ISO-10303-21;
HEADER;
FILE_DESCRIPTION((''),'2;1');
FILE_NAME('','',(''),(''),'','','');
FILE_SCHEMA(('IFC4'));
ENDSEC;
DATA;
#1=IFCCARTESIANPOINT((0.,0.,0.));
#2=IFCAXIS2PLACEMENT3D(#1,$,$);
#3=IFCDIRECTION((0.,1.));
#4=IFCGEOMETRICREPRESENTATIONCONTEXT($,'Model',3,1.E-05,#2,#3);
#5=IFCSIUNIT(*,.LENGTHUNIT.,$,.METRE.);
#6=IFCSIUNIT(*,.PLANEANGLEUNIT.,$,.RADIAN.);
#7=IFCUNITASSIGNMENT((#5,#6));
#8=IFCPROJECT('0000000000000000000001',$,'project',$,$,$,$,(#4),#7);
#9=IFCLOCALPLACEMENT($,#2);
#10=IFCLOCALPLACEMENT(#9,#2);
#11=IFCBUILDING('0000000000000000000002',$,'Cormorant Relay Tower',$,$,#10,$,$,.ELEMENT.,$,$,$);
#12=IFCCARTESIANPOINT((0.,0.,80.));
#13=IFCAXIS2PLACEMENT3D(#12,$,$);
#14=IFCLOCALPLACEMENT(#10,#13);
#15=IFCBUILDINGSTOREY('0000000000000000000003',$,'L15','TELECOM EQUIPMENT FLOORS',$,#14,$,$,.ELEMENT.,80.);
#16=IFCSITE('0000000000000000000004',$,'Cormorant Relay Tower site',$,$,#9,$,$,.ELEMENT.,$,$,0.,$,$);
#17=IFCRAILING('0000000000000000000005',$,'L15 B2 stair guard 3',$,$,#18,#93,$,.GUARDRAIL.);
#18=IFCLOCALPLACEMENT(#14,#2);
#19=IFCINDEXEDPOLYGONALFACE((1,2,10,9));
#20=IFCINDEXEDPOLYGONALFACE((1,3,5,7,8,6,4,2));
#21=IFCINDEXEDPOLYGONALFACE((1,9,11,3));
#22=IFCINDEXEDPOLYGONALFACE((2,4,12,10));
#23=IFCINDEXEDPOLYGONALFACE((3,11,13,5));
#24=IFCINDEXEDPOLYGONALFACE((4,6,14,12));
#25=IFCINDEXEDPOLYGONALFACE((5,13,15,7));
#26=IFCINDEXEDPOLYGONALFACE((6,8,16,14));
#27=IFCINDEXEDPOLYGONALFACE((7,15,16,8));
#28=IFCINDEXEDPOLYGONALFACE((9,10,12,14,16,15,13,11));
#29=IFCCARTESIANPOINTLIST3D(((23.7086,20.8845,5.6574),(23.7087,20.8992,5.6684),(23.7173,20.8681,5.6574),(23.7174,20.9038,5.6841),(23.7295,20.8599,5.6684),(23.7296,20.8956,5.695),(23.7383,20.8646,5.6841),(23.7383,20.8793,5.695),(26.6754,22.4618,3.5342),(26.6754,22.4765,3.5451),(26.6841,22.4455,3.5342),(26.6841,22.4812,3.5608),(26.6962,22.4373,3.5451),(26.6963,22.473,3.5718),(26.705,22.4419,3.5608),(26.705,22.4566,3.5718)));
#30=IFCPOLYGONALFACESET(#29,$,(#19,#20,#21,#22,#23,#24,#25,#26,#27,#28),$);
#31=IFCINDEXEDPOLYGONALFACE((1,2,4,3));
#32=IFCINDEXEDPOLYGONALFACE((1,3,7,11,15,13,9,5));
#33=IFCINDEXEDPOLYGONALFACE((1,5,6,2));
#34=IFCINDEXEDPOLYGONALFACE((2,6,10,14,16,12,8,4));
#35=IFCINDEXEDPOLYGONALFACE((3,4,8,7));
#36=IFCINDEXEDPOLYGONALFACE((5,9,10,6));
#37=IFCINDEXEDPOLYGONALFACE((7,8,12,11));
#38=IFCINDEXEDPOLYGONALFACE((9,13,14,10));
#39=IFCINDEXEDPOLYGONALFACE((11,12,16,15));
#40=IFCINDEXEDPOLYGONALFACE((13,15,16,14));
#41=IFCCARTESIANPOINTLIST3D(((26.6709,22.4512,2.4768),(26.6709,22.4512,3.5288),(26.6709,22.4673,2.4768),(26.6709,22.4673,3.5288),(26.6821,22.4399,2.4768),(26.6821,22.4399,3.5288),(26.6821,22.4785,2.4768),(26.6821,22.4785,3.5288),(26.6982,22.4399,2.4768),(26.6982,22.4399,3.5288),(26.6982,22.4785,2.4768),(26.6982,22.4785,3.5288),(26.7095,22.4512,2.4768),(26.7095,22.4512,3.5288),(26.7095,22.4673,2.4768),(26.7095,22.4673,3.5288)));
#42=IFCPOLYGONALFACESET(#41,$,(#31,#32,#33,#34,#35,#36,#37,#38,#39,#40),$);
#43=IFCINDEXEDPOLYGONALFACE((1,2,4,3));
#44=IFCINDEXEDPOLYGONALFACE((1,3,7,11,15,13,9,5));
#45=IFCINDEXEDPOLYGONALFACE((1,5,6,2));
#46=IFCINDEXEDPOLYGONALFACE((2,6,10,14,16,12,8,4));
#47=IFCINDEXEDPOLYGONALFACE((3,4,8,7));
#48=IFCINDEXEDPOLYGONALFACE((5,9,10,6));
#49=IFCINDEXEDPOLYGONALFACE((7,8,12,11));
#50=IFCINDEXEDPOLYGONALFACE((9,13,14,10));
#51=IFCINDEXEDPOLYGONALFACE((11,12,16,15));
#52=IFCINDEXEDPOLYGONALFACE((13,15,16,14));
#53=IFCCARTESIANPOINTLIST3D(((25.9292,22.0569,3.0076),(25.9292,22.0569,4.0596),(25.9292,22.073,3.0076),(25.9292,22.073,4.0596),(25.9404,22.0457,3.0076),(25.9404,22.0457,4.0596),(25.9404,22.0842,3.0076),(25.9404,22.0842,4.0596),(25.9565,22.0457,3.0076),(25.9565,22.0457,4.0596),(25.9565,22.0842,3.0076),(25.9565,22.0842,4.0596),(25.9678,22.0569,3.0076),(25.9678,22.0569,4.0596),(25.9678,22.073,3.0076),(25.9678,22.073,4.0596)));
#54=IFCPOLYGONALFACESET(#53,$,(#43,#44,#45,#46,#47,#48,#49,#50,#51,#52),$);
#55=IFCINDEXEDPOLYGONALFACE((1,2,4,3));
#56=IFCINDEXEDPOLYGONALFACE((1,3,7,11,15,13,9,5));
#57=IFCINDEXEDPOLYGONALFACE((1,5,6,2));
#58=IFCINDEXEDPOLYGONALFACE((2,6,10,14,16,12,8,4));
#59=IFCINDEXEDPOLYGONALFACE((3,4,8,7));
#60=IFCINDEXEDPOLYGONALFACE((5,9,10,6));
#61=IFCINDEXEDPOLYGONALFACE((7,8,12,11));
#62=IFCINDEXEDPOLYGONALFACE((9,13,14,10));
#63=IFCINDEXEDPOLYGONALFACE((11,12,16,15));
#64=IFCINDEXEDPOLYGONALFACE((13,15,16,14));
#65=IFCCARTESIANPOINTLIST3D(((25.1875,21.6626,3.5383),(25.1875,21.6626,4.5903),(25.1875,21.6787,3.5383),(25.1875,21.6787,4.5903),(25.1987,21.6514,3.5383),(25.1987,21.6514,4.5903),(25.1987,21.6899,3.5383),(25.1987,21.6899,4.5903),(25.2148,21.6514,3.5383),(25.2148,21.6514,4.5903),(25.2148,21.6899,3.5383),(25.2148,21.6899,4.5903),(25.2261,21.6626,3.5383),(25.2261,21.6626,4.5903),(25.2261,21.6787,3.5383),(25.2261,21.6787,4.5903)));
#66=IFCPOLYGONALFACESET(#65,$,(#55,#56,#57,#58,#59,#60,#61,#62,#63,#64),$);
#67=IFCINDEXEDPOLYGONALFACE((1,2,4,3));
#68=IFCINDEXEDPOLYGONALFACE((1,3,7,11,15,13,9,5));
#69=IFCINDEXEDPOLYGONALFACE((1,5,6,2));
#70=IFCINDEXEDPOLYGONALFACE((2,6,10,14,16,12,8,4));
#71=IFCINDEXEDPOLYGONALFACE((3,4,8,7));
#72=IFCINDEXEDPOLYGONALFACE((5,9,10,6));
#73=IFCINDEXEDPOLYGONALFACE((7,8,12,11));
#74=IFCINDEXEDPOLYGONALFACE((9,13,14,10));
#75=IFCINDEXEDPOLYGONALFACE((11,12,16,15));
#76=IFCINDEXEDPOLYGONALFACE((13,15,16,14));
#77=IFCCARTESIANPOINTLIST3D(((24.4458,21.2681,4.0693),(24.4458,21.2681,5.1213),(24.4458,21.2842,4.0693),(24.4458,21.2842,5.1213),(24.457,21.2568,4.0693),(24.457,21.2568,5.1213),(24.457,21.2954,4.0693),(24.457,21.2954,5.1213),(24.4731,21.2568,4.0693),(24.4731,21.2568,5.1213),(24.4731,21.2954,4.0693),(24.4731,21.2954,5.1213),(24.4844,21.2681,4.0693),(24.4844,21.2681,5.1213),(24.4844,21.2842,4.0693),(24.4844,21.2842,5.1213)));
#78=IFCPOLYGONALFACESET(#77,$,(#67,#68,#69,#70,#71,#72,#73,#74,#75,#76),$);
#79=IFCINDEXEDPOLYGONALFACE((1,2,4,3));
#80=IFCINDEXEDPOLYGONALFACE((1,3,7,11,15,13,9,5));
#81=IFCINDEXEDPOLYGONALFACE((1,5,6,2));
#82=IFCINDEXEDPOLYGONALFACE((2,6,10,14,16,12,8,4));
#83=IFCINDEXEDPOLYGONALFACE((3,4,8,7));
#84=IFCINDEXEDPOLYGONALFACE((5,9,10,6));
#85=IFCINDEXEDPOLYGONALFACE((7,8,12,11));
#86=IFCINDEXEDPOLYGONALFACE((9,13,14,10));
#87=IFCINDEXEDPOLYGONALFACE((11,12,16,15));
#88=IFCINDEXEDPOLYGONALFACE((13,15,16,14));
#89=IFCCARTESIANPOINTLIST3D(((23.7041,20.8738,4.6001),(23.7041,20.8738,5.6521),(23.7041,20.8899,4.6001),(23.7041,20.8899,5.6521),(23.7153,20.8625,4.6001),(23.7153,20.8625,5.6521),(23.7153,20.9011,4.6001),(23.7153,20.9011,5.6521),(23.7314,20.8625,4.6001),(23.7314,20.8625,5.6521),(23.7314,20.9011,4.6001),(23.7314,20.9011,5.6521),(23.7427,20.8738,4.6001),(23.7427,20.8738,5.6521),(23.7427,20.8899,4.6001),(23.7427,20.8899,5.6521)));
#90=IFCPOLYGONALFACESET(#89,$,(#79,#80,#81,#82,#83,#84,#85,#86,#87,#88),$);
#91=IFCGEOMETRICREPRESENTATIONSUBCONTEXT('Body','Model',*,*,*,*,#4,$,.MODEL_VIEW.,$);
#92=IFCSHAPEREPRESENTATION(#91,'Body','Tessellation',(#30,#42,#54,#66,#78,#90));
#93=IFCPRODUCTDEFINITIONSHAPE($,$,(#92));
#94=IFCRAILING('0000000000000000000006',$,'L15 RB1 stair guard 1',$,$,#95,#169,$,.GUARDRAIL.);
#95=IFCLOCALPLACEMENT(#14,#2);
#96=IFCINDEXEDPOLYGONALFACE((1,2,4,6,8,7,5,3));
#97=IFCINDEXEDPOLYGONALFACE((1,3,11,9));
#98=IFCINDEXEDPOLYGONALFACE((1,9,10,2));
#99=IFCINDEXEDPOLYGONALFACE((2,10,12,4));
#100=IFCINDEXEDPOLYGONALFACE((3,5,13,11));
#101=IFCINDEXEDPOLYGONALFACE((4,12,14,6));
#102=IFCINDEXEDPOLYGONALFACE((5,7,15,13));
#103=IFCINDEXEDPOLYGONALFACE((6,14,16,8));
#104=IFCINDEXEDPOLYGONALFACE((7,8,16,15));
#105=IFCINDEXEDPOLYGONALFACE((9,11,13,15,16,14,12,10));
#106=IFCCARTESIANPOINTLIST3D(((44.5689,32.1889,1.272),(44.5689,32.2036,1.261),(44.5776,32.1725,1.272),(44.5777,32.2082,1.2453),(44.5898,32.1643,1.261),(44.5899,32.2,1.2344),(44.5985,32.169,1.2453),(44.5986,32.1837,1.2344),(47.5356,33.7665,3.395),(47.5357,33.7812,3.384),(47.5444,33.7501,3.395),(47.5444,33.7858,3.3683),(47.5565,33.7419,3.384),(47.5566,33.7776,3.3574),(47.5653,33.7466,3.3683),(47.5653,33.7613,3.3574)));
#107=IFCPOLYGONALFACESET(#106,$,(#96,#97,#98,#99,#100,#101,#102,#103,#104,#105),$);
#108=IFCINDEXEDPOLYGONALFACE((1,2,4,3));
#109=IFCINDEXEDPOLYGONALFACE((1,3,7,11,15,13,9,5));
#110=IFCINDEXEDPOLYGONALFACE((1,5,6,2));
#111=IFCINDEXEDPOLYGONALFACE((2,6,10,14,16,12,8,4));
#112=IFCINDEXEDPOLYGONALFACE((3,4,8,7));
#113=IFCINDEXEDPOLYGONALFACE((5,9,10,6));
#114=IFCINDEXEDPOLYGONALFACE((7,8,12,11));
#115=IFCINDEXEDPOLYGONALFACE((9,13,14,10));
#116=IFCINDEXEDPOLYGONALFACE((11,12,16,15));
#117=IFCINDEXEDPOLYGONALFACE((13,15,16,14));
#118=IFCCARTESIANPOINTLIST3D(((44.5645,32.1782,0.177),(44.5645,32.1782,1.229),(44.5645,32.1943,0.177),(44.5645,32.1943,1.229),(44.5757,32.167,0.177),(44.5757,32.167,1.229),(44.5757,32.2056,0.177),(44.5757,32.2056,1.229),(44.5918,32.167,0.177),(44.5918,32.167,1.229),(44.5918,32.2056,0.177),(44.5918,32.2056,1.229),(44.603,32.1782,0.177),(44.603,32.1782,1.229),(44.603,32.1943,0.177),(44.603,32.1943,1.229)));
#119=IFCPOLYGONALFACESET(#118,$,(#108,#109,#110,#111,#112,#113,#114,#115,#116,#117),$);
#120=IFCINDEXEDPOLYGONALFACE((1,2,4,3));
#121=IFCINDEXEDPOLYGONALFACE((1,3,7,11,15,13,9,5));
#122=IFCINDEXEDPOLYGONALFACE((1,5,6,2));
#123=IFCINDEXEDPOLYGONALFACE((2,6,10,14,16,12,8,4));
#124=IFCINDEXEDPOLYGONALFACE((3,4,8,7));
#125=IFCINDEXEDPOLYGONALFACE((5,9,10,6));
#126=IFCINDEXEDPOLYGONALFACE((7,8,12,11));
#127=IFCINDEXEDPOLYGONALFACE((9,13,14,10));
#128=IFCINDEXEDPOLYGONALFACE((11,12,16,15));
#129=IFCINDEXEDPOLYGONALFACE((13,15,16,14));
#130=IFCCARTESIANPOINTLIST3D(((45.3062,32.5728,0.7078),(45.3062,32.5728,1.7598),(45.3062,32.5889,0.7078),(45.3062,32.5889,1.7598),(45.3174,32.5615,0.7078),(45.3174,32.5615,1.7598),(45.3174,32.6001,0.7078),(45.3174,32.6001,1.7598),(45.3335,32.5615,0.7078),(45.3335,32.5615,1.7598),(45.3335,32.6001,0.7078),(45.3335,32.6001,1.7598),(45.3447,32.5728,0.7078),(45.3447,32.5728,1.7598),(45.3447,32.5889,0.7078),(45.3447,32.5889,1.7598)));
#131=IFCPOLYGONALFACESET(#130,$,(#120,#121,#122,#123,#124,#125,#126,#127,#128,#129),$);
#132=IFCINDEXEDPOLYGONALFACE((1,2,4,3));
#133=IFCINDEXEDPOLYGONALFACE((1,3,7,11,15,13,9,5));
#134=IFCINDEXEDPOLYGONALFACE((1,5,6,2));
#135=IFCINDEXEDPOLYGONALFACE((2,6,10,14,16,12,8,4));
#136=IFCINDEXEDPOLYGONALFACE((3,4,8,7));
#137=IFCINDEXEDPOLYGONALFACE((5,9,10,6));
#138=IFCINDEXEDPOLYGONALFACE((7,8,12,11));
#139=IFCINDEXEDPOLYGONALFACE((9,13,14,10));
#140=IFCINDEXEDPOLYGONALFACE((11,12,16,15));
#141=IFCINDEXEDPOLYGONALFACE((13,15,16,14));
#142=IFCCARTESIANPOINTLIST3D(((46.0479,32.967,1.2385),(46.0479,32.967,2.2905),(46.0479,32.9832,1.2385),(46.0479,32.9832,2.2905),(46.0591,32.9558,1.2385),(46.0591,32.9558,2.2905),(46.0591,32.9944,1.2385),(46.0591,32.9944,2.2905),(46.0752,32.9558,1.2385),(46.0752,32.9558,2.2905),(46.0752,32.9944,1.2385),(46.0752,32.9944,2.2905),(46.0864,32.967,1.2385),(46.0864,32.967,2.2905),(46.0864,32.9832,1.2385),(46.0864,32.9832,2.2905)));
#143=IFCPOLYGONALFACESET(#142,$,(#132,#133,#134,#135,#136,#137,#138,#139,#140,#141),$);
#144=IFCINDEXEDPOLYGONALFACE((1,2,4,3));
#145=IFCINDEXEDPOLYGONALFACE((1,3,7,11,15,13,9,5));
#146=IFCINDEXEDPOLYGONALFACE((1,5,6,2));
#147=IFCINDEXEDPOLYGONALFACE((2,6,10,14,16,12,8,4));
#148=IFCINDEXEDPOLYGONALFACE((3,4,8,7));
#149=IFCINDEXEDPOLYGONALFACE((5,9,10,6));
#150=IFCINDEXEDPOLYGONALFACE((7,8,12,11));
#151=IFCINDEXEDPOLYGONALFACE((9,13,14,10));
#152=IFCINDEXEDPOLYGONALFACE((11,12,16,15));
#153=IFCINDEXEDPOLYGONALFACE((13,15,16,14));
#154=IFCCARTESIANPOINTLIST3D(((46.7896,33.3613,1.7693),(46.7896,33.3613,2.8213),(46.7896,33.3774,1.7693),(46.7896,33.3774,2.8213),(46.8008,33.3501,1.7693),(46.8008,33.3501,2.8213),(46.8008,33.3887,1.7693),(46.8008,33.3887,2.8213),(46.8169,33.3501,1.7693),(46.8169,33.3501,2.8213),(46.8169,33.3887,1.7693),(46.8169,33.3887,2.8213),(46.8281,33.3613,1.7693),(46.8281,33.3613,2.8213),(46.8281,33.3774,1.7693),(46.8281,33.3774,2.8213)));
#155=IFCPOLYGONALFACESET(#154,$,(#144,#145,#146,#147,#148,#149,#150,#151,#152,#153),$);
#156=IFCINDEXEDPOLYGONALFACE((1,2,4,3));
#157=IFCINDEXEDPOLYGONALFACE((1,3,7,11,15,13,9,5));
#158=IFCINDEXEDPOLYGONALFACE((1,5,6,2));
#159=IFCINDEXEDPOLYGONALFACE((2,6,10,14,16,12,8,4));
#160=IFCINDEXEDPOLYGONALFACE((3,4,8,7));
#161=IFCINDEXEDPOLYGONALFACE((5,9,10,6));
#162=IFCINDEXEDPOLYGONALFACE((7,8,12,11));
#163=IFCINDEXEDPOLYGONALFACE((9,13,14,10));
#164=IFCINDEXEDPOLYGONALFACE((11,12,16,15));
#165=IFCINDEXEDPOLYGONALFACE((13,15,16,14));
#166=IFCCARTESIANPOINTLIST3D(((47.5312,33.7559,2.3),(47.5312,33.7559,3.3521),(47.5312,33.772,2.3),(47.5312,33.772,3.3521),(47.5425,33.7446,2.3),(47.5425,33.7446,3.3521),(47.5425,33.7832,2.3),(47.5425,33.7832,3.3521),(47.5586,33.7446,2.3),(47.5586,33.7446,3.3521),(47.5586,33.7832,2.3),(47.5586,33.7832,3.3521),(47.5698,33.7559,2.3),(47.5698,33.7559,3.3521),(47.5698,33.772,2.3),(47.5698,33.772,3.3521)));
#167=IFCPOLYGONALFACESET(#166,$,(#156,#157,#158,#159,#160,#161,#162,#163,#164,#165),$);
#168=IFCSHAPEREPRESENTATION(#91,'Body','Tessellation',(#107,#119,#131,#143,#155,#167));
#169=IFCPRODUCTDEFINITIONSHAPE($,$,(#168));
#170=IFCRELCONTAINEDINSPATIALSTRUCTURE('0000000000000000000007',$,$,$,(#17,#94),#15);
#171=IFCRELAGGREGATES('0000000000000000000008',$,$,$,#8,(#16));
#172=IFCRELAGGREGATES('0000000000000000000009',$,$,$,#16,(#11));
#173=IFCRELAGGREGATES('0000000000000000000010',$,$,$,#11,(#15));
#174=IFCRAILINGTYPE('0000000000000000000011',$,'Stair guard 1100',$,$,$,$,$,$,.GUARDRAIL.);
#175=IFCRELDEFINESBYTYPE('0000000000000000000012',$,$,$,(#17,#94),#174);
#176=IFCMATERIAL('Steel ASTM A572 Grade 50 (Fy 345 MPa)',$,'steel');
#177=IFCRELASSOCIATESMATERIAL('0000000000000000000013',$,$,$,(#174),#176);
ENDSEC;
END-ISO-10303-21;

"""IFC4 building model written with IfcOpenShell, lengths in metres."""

from ifc_helpers import new_model, si_unit, direction, frame, origin, place, context, subcontext, project, spatial, polyline, outline, extrude, material, type_object, element, save


model = new_model("IFC4")

# Units and contexts
model_context = context("Model", 3, precision=1e-05, world=origin(), true_north=direction((0.0, 1.0)))
body_context = subcontext(model_context, "Body", "Model", "MODEL_VIEW")
ifc_project = project(units=[si_unit("LENGTHUNIT", "METRE"), si_unit("PLANEANGLEUNIT", "RADIAN")], contexts=[model_context])

# Site, building, storey
site_placement = place(None, origin())
site = spatial("IfcSite", under=ifc_project, at=site_placement, Name="Cormorant Relay Tower site", CompositionType="ELEMENT", RefElevation=0.0)
building_placement = place(site_placement, origin())
building = spatial("IfcBuilding", under=site, at=building_placement, Name="Cormorant Relay Tower", CompositionType="ELEMENT")
storey_placement = place(building_placement, frame((0.0, 0.0, 80.0)))
storey = spatial("IfcBuildingStorey", under=building, at=storey_placement, Name="L15", Description="TELECOM EQUIPMENT FLOORS", CompositionType="ELEMENT", Elevation=80.0)

# Railings
ifc_material_1 = material(Name="Steel ASTM A572 Grade 50 (Fy 345 MPa)", Category="steel")
railing_type = type_object("IfcRailingType", Name="Stair guard 1100", PredefinedType="GUARDRAIL", material=ifc_material_1)
railing_1_placement = place(storey_placement, frame((26.6902, 22.4592, 2.4768)))
element("IfcRailing", 1, at=railing_1_placement, inside=storey, type_object=railing_type, Name="L15 B2 stair guard 3", PredefinedType="GUARDRAIL", context=body_context, shape_type="SweptSolid", body=[
    extrude(outline(polyline([(0.0222, 0.0093), (0.0093, 0.0222), (-0.0093, 0.0222), (-0.0222, 0.0093), (-0.0222, -0.0093), (-0.0093, -0.0222), (0.0093, -0.0222), (0.0222, -0.0093), (0.0222, 0.0093)])), frame((0.0, 0.0, 1.0762), z_axis=(-0.746416, -0.396856, 0.534199), x_axis=(0.469453, -0.882958, 0.0)), (0.0, 0.0, 1.0), 3.9746),
    extrude(outline(polyline([(0.0193, 0.0081), (0.0081, 0.0193), (-0.0081, 0.0193), (-0.0193, 0.0081), (-0.0193, -0.0081), (-0.0081, -0.0193), (0.0081, -0.0193), (0.0193, -0.0081), (0.0193, 0.0081)])), origin(), (0.0, 0.0, 1.0), 1.052),
    extrude(outline(polyline([(0.0193, 0.0081), (0.0081, 0.0193), (-0.0081, 0.0193), (-0.0193, 0.0081), (-0.0193, -0.0081), (-0.0081, -0.0193), (0.0081, -0.0193), (0.0193, -0.0081), (0.0193, 0.0081)])), frame((-0.7417, -0.3943, 0.5308)), (0.0, 0.0, 1.0), 1.052),
    extrude(outline(polyline([(0.0193, 0.0081), (0.0081, 0.0193), (-0.0081, 0.0193), (-0.0193, 0.0081), (-0.0193, -0.0081), (-0.0081, -0.0193), (0.0081, -0.0193), (0.0193, -0.0081), (0.0193, 0.0081)])), frame((-1.4834, -0.7886, 1.0615)), (0.0, 0.0, 1.0), 1.052),
    extrude(outline(polyline([(0.0193, 0.0081), (0.0081, 0.0193), (-0.0081, 0.0193), (-0.0193, 0.0081), (-0.0193, -0.0081), (-0.0081, -0.0193), (0.0081, -0.0193), (0.0193, -0.0081), (0.0193, 0.0081)])), frame((-2.2251, -1.1831, 1.5925)), (0.0, 0.0, 1.0), 1.052),
    extrude(outline(polyline([(0.0193, 0.0081), (0.0081, 0.0193), (-0.0081, 0.0193), (-0.0193, 0.0081), (-0.0193, -0.0081), (-0.0081, -0.0193), (0.0081, -0.0193), (0.0193, -0.0081), (0.0193, 0.0081)])), frame((-2.9668, -1.5774, 2.1233)), (0.0, 0.0, 1.0), 1.052),
])
railing_2_placement = place(storey_placement, frame((44.5837, 32.1863, 0.177)))
element("IfcRailing", 2, at=railing_2_placement, inside=storey, type_object=railing_type, Name="L15 RB1 stair guard 1", PredefinedType="GUARDRAIL", context=body_context, shape_type="SweptSolid", body=[
    extrude(outline(polyline([(0.0222, 0.0093), (0.0093, 0.0222), (-0.0093, 0.0222), (-0.0222, 0.0093), (-0.0222, -0.0093), (-0.0093, -0.0222), (0.0093, -0.0222), (0.0222, -0.0093), (0.0222, 0.0093)])), frame((0.0, 0.0, 1.0762), z_axis=(0.746422, 0.396921, 0.534142), x_axis=(-0.469509, 0.882928, 0.0)), (0.0, 0.0, 1.0), 3.9746),
    extrude(outline(polyline([(0.0193, 0.0081), (0.0081, 0.0193), (-0.0081, 0.0193), (-0.0193, 0.0081), (-0.0193, -0.0081), (-0.0081, -0.0193), (0.0081, -0.0193), (0.0193, -0.0081), (0.0193, 0.0081)])), origin(), (0.0, 0.0, 1.0), 1.052),
    extrude(outline(polyline([(0.0193, 0.0081), (0.0081, 0.0193), (-0.0081, 0.0193), (-0.0193, 0.0081), (-0.0193, -0.0081), (-0.0081, -0.0193), (0.0081, -0.0193), (0.0193, -0.0081), (0.0193, 0.0081)])), frame((0.7417, 0.3945, 0.5308)), (0.0, 0.0, 1.0), 1.052),
    extrude(outline(polyline([(0.0193, 0.0081), (0.0081, 0.0193), (-0.0081, 0.0193), (-0.0193, 0.0081), (-0.0193, -0.0081), (-0.0081, -0.0193), (0.0081, -0.0193), (0.0193, -0.0081), (0.0193, 0.0081)])), frame((1.4834, 0.7888, 1.0615)), (0.0, 0.0, 1.0), 1.052),
    extrude(outline(polyline([(0.0193, 0.0081), (0.0081, 0.0193), (-0.0081, 0.0193), (-0.0193, 0.0081), (-0.0193, -0.0081), (-0.0081, -0.0193), (0.0081, -0.0193), (0.0193, -0.0081), (0.0193, 0.0081)])), frame((2.2251, 1.1831, 1.5923)), (0.0, 0.0, 1.0), 1.052),
    extrude(outline(polyline([(0.0193, 0.0081), (0.0081, 0.0193), (-0.0081, 0.0193), (-0.0193, 0.0081), (-0.0193, -0.0081), (-0.0081, -0.0193), (0.0081, -0.0193), (0.0193, -0.0081), (0.0193, 0.0081)])), frame((2.9668, 1.5776, 2.123)), (0.0, 0.0, 1.0), 1.052),
])

save(model, "model.ifc")
